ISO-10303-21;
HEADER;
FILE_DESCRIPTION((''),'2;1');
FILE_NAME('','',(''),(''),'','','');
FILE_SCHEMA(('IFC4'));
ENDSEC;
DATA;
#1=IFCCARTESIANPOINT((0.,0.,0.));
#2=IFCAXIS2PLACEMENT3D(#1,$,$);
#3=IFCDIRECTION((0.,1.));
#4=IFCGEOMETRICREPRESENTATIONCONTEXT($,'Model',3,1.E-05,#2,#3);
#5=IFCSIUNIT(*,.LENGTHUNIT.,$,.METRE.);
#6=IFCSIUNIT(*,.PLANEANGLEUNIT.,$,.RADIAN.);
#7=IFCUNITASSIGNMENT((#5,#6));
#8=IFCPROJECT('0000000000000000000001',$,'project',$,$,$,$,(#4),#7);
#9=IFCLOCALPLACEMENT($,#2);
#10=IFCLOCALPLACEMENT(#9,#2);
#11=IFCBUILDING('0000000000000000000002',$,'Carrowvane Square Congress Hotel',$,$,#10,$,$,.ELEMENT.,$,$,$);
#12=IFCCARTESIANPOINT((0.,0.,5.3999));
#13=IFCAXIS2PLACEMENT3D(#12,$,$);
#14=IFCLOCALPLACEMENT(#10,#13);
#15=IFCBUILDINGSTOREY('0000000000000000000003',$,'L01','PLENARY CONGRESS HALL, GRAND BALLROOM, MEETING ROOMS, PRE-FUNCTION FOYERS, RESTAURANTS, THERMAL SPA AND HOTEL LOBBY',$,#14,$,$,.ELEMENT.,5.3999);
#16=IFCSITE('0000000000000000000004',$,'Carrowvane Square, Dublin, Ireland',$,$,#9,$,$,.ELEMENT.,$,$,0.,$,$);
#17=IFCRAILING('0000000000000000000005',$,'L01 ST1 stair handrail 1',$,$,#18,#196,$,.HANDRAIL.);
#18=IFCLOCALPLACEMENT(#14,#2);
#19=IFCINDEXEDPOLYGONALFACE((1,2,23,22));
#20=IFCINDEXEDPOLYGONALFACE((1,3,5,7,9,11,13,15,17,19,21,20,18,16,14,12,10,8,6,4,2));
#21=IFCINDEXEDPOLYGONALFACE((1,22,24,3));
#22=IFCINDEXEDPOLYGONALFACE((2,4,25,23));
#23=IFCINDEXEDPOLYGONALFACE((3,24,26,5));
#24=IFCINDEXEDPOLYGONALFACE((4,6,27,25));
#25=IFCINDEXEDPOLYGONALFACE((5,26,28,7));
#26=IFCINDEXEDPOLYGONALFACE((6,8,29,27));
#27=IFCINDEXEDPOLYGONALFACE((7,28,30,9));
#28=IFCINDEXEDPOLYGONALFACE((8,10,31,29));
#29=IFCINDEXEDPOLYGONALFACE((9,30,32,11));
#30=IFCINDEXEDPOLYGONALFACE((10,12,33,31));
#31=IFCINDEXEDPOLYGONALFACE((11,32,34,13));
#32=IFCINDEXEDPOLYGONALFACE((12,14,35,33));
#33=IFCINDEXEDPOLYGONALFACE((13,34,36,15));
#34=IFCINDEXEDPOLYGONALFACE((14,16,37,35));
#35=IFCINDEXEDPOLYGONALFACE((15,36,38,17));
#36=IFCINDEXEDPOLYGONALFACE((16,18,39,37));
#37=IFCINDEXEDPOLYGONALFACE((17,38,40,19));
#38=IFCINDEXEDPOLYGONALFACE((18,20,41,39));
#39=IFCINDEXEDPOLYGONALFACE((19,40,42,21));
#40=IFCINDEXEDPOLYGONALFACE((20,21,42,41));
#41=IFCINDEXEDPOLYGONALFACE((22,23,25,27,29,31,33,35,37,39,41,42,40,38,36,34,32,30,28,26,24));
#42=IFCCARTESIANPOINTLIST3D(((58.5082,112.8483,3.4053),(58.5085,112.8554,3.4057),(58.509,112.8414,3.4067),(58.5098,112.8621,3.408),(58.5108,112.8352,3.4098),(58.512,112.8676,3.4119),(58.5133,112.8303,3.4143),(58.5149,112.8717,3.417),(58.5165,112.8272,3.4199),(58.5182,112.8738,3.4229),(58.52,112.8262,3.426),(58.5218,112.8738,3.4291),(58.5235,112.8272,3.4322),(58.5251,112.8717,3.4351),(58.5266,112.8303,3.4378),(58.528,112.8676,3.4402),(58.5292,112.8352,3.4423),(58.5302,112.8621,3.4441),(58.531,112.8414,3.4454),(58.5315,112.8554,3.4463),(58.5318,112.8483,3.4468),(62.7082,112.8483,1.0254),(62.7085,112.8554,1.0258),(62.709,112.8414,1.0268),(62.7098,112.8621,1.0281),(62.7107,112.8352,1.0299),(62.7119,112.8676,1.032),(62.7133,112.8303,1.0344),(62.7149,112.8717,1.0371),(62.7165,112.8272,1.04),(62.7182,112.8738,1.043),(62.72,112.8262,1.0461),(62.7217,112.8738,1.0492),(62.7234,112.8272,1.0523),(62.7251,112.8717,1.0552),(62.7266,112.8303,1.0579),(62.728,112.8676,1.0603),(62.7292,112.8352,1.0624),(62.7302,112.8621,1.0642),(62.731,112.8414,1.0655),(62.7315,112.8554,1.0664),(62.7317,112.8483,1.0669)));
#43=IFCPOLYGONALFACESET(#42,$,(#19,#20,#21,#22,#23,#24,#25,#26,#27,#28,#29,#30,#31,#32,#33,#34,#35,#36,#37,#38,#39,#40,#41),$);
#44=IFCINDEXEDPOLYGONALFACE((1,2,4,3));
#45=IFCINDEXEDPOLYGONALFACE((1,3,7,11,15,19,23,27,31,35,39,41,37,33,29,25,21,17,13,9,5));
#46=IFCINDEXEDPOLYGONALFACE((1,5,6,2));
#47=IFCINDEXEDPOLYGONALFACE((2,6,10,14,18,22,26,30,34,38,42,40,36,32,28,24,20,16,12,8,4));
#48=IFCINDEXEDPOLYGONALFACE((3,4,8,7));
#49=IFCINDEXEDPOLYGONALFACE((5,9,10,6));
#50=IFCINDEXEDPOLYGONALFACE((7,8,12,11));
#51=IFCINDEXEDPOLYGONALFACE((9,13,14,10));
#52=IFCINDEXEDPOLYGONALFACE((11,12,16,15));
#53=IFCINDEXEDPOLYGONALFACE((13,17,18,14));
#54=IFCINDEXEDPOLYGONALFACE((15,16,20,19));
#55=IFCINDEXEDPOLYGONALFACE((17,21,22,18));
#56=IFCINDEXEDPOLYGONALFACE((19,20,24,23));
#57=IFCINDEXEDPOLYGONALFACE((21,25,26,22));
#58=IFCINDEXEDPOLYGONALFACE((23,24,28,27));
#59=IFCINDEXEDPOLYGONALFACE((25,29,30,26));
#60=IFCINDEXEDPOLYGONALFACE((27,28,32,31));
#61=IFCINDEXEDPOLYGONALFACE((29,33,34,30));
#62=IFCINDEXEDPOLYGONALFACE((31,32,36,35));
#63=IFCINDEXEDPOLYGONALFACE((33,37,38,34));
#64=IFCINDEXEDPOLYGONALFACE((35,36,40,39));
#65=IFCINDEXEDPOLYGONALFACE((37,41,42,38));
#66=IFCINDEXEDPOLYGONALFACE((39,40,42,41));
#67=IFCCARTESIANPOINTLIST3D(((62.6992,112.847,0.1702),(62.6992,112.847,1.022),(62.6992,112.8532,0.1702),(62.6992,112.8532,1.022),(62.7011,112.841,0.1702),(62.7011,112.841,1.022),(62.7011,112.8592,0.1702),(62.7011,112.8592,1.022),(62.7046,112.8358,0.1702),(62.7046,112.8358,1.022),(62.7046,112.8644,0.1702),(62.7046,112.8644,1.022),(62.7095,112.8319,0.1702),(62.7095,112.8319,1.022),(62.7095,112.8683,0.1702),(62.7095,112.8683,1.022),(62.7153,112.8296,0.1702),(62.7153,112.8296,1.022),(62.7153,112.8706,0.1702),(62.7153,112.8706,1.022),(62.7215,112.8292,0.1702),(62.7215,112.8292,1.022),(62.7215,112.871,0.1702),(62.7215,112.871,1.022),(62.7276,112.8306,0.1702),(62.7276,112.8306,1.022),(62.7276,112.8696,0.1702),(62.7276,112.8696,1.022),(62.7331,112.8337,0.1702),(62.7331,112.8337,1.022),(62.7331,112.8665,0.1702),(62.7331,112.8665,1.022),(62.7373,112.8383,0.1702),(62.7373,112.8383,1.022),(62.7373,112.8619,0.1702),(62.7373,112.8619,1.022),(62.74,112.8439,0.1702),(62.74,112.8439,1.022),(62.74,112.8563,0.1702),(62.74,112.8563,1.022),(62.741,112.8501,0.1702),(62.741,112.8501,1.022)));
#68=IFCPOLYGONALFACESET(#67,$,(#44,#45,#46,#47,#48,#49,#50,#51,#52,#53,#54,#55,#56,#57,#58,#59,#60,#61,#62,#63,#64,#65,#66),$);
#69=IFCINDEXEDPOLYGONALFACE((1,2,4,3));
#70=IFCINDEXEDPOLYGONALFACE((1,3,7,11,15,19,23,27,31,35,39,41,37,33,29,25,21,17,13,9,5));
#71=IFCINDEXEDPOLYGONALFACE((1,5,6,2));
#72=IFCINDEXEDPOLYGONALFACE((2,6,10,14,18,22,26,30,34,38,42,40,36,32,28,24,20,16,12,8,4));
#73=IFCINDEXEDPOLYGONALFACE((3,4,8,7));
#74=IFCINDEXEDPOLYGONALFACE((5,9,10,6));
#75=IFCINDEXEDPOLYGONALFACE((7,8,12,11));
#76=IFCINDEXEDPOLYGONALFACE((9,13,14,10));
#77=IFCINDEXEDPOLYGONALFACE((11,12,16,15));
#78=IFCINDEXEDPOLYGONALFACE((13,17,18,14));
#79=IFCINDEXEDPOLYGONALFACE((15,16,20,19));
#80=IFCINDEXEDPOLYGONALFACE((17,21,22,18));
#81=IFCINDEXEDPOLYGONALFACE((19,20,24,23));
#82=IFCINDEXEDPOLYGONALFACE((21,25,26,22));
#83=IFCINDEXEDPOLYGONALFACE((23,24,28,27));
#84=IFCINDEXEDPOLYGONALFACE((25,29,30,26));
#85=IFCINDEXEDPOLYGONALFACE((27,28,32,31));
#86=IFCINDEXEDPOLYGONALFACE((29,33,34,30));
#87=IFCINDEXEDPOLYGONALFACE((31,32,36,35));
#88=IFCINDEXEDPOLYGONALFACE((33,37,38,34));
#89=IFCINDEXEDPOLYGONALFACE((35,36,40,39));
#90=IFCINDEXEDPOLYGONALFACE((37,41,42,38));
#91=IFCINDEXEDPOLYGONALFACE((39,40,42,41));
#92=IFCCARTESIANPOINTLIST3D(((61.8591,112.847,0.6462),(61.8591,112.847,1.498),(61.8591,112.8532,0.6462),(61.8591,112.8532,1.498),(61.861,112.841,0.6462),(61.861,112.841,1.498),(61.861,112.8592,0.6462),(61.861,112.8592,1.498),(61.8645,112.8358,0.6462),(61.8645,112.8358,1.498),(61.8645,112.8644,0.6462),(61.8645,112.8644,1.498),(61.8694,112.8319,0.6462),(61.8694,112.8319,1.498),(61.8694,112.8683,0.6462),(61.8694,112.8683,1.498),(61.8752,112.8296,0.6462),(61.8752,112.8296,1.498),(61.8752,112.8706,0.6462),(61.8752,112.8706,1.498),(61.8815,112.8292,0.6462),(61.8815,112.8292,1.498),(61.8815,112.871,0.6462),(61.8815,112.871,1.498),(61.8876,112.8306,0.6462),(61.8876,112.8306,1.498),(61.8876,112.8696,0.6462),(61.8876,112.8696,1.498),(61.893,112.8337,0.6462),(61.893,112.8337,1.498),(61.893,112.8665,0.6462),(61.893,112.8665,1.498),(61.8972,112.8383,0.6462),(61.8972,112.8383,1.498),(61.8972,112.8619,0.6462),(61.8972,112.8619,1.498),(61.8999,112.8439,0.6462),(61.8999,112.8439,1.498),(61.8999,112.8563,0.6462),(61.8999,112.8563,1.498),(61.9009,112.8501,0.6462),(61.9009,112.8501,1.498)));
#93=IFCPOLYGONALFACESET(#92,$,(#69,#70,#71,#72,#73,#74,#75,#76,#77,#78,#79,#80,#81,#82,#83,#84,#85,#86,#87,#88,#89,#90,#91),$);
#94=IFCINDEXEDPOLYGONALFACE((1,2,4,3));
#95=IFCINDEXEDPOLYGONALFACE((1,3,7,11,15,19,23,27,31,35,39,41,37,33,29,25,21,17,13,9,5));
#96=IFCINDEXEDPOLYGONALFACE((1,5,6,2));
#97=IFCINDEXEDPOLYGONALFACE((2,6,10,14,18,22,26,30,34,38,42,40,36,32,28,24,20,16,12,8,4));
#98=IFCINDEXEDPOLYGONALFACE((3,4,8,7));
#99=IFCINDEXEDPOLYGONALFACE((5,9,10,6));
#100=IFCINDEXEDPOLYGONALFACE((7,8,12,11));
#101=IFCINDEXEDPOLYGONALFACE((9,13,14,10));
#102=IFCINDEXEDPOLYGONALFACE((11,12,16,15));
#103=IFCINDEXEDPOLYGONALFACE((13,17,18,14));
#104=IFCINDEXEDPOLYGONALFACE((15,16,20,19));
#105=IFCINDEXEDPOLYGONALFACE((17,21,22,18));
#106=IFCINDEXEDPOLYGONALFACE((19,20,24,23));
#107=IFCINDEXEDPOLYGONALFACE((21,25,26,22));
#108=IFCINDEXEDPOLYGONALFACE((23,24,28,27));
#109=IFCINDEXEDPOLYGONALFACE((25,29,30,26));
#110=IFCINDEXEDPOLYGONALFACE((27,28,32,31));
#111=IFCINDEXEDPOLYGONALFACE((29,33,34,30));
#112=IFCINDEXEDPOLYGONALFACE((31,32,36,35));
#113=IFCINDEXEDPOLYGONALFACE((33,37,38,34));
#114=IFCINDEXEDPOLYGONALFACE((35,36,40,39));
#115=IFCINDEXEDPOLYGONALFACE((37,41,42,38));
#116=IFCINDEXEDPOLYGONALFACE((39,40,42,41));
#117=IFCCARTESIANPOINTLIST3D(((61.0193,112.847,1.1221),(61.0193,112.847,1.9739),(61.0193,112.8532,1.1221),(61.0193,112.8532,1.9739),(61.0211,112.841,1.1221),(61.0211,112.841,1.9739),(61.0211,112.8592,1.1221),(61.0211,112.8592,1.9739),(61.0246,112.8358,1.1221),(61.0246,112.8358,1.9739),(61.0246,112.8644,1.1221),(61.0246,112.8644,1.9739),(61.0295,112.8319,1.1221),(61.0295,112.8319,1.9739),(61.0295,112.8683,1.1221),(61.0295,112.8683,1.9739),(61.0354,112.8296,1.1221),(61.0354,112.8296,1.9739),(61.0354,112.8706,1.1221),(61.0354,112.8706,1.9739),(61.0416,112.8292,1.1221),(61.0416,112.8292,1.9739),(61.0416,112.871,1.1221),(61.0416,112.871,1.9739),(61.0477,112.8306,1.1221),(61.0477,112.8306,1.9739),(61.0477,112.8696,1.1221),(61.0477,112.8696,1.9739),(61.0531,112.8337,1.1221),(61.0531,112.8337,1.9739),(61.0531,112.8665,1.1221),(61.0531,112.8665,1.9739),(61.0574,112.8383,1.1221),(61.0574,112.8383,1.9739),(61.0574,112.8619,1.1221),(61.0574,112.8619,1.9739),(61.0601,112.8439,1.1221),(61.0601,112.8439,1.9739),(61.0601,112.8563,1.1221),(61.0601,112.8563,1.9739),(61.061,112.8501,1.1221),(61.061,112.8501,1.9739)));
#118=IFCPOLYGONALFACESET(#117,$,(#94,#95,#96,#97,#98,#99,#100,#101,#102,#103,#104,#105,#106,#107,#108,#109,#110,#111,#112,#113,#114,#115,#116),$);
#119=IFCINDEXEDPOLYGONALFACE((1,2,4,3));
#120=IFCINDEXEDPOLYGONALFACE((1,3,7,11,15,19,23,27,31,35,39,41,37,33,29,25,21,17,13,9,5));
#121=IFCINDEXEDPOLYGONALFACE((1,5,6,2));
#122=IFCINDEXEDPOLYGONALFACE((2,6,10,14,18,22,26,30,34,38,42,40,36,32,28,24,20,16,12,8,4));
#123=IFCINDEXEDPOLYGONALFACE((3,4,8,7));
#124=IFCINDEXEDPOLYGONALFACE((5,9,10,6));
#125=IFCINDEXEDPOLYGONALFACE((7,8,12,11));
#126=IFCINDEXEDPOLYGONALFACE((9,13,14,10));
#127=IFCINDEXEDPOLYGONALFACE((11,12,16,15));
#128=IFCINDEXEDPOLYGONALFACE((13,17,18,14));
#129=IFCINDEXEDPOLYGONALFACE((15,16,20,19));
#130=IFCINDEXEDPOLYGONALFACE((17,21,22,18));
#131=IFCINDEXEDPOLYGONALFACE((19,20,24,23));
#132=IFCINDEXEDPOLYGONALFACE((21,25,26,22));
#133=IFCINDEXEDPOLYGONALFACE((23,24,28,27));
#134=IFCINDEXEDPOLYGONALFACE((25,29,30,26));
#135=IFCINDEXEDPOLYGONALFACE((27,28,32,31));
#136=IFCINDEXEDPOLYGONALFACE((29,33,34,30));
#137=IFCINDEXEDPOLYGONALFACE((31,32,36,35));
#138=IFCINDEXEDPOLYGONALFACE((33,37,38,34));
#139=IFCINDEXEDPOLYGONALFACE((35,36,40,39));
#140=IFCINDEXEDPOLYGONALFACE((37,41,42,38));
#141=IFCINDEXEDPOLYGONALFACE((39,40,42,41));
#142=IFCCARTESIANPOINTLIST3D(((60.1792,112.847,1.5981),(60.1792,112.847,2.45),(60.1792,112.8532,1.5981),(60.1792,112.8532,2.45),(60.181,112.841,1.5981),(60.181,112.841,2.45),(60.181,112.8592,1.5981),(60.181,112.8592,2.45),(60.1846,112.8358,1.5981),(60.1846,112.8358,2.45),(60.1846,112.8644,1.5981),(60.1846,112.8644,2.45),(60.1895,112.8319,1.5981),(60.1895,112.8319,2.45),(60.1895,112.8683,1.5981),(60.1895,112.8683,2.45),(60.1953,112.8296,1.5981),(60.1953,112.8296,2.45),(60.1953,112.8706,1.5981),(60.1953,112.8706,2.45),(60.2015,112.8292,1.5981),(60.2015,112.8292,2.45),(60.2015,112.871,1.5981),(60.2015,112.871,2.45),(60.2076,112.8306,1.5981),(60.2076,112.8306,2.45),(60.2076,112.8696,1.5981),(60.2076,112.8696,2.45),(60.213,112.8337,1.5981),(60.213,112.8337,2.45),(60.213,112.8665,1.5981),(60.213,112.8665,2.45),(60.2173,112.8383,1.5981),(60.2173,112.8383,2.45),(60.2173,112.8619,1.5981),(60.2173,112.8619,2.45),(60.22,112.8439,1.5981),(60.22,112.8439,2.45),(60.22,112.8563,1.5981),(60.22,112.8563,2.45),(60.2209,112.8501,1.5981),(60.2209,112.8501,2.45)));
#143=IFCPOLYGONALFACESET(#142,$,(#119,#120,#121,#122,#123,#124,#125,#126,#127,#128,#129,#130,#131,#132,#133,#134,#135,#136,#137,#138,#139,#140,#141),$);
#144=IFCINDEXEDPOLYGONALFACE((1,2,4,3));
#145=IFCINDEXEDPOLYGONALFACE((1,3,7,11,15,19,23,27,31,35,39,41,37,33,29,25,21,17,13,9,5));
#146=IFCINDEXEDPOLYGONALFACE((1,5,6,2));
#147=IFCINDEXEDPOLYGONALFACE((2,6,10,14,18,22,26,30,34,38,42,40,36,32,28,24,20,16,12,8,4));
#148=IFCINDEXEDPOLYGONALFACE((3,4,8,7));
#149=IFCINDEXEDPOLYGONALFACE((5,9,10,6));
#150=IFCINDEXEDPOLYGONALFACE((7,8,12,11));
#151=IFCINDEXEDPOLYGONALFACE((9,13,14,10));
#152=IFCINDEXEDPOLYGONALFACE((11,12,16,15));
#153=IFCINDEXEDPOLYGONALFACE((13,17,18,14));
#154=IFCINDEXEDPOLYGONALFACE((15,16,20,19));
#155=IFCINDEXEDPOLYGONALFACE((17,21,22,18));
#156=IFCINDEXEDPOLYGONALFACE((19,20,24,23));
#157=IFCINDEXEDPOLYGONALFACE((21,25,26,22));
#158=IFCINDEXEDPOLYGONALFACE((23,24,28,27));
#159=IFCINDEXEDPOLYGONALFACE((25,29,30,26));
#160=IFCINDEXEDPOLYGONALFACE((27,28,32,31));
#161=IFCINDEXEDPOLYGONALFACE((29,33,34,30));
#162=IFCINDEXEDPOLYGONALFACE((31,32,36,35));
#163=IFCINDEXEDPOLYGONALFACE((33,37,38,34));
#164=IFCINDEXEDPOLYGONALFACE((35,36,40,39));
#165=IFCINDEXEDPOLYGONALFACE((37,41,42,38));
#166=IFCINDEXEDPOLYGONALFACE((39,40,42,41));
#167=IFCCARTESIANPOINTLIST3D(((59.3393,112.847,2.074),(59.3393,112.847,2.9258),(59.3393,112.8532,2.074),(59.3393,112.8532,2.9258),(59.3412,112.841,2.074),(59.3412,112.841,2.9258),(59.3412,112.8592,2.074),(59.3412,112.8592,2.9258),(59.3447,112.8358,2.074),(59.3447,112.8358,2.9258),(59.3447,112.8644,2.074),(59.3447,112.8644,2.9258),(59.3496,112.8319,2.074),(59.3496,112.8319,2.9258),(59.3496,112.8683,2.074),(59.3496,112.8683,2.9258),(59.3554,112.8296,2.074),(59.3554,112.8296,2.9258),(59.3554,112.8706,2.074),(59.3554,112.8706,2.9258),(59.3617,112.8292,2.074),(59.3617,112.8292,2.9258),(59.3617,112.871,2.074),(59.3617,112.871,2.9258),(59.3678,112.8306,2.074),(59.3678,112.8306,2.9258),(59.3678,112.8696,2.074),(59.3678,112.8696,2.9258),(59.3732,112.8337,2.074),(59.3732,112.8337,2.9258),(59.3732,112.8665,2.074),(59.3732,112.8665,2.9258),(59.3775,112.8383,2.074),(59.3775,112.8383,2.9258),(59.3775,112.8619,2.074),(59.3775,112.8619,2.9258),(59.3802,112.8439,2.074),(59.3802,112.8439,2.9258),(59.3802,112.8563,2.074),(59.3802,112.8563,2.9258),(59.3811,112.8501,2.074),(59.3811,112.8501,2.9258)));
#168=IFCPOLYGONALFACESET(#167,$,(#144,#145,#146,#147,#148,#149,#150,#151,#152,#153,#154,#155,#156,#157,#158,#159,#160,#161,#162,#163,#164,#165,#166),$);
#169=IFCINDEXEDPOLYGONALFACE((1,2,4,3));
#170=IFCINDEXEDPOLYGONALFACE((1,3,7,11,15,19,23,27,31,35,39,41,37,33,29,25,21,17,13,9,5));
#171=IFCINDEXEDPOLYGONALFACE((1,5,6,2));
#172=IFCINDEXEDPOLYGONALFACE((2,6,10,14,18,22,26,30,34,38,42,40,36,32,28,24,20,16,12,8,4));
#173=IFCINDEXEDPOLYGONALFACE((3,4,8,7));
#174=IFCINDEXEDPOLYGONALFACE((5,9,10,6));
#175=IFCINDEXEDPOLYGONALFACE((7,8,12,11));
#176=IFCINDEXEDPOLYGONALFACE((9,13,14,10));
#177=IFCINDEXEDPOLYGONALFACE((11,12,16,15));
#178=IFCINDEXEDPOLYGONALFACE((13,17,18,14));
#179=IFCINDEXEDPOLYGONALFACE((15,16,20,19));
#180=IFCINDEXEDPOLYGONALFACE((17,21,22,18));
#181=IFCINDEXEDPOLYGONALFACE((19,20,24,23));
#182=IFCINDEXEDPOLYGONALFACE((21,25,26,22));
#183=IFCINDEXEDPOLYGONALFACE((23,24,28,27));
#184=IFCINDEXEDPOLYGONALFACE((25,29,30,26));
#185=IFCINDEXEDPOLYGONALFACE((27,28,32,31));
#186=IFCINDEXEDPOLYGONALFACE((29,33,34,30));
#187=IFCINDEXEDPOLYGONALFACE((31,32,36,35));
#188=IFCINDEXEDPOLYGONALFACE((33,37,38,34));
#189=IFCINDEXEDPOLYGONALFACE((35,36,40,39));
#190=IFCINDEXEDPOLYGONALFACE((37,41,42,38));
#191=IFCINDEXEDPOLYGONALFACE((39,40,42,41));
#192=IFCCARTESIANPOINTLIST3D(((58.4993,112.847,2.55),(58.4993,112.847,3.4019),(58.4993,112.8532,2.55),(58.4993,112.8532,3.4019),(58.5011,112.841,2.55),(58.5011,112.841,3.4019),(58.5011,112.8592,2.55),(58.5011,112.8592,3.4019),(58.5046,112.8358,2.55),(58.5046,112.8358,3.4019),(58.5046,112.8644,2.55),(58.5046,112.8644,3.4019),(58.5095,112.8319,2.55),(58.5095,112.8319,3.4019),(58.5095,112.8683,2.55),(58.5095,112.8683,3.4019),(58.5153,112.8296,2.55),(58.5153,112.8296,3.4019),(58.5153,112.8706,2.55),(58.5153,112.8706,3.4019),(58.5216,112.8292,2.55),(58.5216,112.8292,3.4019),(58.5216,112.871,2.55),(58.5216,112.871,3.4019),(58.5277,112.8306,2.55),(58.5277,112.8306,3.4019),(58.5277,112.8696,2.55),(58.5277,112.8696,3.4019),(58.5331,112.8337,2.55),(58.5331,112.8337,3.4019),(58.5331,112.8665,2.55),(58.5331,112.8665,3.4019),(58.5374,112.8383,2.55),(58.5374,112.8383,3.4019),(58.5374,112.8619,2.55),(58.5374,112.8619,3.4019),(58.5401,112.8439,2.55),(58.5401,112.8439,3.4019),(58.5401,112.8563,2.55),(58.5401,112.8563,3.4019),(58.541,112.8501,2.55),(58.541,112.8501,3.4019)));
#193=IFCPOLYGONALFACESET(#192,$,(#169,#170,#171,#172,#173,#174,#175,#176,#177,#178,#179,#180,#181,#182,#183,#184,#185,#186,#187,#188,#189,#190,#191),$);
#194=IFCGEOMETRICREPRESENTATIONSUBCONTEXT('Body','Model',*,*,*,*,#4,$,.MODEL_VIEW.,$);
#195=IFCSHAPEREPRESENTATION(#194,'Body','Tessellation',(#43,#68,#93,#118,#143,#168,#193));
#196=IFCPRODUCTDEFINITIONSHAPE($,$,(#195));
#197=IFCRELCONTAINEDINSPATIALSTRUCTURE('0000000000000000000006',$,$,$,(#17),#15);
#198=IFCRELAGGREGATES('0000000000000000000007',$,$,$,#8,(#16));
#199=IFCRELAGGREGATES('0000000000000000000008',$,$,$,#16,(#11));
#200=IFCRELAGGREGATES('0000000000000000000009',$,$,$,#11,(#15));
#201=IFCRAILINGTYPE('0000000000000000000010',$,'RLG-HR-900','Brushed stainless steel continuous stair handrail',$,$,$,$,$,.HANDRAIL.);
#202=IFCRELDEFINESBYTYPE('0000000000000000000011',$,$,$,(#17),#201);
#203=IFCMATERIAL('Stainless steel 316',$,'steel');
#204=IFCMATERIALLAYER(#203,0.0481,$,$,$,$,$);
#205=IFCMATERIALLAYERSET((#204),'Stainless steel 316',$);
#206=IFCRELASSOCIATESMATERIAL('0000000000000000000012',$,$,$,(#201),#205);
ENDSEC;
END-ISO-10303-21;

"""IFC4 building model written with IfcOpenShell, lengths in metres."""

from ifc_helpers import new_model, si_unit, direction, frame, origin, origin_2d, place, context, subcontext, project, spatial, circle, extrude, material, layer, layer_set, type_object, element, save


model = new_model("IFC4")

# Units and contexts
model_context = context("Model", 3, precision=1e-05, world=origin(), true_north=direction((0.0, 1.0)))
body_context = subcontext(model_context, "Body", "Model", "MODEL_VIEW")
ifc_project = project(units=[si_unit("LENGTHUNIT", "METRE"), si_unit("PLANEANGLEUNIT", "RADIAN")], contexts=[model_context])

# Site, building, storey
site_placement = place(None, origin())
site = spatial("IfcSite", under=ifc_project, at=site_placement, Name="Carrowvane Square, Dublin, Ireland", CompositionType="ELEMENT", RefElevation=0.0)
building_placement = place(site_placement, origin())
building = spatial("IfcBuilding", under=site, at=building_placement, Name="Carrowvane Square Congress Hotel", CompositionType="ELEMENT")
storey_placement = place(building_placement, frame((0.0, 0.0, 5.3999)))
storey = spatial("IfcBuildingStorey", under=building, at=storey_placement, Name="L01", Description="PLENARY CONGRESS HALL, GRAND BALLROOM, MEETING ROOMS, PRE-FUNCTION FOYERS, RESTAURANTS, THERMAL SPA AND HOTEL LOBBY", CompositionType="ELEMENT", Elevation=5.3999)

# Railing
ifc_material_1 = material(Name="Stainless steel 316", Category="steel")
ifc_layer_1 = layer(ifc_material_1, 0.0481)
ifc_layer_set_1 = layer_set([ifc_layer_1], Name="Stainless steel 316")
railing_type_1 = type_object("IfcRailingType", Name="RLG-HR-900", Description="Brushed stainless steel continuous stair handrail", PredefinedType="HANDRAIL", material=ifc_layer_set_1)
railing_1_placement = place(storey_placement, frame((62.72, 112.8501, 0.1702)))
element("IfcRailing", 1, at=railing_1_placement, inside=storey, type_object=railing_type_1, Name="L01 ST1 stair handrail 1", PredefinedType="HANDRAIL", context=body_context, shape_type="SweptSolid", body=[
    extrude(circle(Radius=0.0239, at=origin_2d()), frame((0.0, 0.0, 0.876), z_axis=(-0.87003, 0.0, 0.492999), x_axis=(0.0, -1.0, 0.0)), (0.0, 0.0, 1.0), 4.8274),
    extrude(circle(Radius=0.021, at=origin_2d()), origin(), (0.0, 0.0, 1.0), 0.8518),
    extrude(circle(Radius=0.021, at=origin_2d()), frame((-0.8401, 0.0, 0.4761)), (0.0, 0.0, 1.0), 0.8518),
    extrude(circle(Radius=0.021, at=origin_2d()), frame((-1.6799, 0.0, 0.9519)), (0.0, 0.0, 1.0), 0.8518),
    extrude(circle(Radius=0.021, at=origin_2d()), frame((-2.52, 0.0, 1.428)), (0.0, 0.0, 1.0), 0.8518),
    extrude(circle(Radius=0.021, at=origin_2d()), frame((-3.3599, 0.0, 1.9038)), (0.0, 0.0, 1.0), 0.8518),
    extrude(circle(Radius=0.021, at=origin_2d()), frame((-4.2, 0.0, 2.3799)), (0.0, 0.0, 1.0), 0.8518),
])

save(model, "model.ifc")
